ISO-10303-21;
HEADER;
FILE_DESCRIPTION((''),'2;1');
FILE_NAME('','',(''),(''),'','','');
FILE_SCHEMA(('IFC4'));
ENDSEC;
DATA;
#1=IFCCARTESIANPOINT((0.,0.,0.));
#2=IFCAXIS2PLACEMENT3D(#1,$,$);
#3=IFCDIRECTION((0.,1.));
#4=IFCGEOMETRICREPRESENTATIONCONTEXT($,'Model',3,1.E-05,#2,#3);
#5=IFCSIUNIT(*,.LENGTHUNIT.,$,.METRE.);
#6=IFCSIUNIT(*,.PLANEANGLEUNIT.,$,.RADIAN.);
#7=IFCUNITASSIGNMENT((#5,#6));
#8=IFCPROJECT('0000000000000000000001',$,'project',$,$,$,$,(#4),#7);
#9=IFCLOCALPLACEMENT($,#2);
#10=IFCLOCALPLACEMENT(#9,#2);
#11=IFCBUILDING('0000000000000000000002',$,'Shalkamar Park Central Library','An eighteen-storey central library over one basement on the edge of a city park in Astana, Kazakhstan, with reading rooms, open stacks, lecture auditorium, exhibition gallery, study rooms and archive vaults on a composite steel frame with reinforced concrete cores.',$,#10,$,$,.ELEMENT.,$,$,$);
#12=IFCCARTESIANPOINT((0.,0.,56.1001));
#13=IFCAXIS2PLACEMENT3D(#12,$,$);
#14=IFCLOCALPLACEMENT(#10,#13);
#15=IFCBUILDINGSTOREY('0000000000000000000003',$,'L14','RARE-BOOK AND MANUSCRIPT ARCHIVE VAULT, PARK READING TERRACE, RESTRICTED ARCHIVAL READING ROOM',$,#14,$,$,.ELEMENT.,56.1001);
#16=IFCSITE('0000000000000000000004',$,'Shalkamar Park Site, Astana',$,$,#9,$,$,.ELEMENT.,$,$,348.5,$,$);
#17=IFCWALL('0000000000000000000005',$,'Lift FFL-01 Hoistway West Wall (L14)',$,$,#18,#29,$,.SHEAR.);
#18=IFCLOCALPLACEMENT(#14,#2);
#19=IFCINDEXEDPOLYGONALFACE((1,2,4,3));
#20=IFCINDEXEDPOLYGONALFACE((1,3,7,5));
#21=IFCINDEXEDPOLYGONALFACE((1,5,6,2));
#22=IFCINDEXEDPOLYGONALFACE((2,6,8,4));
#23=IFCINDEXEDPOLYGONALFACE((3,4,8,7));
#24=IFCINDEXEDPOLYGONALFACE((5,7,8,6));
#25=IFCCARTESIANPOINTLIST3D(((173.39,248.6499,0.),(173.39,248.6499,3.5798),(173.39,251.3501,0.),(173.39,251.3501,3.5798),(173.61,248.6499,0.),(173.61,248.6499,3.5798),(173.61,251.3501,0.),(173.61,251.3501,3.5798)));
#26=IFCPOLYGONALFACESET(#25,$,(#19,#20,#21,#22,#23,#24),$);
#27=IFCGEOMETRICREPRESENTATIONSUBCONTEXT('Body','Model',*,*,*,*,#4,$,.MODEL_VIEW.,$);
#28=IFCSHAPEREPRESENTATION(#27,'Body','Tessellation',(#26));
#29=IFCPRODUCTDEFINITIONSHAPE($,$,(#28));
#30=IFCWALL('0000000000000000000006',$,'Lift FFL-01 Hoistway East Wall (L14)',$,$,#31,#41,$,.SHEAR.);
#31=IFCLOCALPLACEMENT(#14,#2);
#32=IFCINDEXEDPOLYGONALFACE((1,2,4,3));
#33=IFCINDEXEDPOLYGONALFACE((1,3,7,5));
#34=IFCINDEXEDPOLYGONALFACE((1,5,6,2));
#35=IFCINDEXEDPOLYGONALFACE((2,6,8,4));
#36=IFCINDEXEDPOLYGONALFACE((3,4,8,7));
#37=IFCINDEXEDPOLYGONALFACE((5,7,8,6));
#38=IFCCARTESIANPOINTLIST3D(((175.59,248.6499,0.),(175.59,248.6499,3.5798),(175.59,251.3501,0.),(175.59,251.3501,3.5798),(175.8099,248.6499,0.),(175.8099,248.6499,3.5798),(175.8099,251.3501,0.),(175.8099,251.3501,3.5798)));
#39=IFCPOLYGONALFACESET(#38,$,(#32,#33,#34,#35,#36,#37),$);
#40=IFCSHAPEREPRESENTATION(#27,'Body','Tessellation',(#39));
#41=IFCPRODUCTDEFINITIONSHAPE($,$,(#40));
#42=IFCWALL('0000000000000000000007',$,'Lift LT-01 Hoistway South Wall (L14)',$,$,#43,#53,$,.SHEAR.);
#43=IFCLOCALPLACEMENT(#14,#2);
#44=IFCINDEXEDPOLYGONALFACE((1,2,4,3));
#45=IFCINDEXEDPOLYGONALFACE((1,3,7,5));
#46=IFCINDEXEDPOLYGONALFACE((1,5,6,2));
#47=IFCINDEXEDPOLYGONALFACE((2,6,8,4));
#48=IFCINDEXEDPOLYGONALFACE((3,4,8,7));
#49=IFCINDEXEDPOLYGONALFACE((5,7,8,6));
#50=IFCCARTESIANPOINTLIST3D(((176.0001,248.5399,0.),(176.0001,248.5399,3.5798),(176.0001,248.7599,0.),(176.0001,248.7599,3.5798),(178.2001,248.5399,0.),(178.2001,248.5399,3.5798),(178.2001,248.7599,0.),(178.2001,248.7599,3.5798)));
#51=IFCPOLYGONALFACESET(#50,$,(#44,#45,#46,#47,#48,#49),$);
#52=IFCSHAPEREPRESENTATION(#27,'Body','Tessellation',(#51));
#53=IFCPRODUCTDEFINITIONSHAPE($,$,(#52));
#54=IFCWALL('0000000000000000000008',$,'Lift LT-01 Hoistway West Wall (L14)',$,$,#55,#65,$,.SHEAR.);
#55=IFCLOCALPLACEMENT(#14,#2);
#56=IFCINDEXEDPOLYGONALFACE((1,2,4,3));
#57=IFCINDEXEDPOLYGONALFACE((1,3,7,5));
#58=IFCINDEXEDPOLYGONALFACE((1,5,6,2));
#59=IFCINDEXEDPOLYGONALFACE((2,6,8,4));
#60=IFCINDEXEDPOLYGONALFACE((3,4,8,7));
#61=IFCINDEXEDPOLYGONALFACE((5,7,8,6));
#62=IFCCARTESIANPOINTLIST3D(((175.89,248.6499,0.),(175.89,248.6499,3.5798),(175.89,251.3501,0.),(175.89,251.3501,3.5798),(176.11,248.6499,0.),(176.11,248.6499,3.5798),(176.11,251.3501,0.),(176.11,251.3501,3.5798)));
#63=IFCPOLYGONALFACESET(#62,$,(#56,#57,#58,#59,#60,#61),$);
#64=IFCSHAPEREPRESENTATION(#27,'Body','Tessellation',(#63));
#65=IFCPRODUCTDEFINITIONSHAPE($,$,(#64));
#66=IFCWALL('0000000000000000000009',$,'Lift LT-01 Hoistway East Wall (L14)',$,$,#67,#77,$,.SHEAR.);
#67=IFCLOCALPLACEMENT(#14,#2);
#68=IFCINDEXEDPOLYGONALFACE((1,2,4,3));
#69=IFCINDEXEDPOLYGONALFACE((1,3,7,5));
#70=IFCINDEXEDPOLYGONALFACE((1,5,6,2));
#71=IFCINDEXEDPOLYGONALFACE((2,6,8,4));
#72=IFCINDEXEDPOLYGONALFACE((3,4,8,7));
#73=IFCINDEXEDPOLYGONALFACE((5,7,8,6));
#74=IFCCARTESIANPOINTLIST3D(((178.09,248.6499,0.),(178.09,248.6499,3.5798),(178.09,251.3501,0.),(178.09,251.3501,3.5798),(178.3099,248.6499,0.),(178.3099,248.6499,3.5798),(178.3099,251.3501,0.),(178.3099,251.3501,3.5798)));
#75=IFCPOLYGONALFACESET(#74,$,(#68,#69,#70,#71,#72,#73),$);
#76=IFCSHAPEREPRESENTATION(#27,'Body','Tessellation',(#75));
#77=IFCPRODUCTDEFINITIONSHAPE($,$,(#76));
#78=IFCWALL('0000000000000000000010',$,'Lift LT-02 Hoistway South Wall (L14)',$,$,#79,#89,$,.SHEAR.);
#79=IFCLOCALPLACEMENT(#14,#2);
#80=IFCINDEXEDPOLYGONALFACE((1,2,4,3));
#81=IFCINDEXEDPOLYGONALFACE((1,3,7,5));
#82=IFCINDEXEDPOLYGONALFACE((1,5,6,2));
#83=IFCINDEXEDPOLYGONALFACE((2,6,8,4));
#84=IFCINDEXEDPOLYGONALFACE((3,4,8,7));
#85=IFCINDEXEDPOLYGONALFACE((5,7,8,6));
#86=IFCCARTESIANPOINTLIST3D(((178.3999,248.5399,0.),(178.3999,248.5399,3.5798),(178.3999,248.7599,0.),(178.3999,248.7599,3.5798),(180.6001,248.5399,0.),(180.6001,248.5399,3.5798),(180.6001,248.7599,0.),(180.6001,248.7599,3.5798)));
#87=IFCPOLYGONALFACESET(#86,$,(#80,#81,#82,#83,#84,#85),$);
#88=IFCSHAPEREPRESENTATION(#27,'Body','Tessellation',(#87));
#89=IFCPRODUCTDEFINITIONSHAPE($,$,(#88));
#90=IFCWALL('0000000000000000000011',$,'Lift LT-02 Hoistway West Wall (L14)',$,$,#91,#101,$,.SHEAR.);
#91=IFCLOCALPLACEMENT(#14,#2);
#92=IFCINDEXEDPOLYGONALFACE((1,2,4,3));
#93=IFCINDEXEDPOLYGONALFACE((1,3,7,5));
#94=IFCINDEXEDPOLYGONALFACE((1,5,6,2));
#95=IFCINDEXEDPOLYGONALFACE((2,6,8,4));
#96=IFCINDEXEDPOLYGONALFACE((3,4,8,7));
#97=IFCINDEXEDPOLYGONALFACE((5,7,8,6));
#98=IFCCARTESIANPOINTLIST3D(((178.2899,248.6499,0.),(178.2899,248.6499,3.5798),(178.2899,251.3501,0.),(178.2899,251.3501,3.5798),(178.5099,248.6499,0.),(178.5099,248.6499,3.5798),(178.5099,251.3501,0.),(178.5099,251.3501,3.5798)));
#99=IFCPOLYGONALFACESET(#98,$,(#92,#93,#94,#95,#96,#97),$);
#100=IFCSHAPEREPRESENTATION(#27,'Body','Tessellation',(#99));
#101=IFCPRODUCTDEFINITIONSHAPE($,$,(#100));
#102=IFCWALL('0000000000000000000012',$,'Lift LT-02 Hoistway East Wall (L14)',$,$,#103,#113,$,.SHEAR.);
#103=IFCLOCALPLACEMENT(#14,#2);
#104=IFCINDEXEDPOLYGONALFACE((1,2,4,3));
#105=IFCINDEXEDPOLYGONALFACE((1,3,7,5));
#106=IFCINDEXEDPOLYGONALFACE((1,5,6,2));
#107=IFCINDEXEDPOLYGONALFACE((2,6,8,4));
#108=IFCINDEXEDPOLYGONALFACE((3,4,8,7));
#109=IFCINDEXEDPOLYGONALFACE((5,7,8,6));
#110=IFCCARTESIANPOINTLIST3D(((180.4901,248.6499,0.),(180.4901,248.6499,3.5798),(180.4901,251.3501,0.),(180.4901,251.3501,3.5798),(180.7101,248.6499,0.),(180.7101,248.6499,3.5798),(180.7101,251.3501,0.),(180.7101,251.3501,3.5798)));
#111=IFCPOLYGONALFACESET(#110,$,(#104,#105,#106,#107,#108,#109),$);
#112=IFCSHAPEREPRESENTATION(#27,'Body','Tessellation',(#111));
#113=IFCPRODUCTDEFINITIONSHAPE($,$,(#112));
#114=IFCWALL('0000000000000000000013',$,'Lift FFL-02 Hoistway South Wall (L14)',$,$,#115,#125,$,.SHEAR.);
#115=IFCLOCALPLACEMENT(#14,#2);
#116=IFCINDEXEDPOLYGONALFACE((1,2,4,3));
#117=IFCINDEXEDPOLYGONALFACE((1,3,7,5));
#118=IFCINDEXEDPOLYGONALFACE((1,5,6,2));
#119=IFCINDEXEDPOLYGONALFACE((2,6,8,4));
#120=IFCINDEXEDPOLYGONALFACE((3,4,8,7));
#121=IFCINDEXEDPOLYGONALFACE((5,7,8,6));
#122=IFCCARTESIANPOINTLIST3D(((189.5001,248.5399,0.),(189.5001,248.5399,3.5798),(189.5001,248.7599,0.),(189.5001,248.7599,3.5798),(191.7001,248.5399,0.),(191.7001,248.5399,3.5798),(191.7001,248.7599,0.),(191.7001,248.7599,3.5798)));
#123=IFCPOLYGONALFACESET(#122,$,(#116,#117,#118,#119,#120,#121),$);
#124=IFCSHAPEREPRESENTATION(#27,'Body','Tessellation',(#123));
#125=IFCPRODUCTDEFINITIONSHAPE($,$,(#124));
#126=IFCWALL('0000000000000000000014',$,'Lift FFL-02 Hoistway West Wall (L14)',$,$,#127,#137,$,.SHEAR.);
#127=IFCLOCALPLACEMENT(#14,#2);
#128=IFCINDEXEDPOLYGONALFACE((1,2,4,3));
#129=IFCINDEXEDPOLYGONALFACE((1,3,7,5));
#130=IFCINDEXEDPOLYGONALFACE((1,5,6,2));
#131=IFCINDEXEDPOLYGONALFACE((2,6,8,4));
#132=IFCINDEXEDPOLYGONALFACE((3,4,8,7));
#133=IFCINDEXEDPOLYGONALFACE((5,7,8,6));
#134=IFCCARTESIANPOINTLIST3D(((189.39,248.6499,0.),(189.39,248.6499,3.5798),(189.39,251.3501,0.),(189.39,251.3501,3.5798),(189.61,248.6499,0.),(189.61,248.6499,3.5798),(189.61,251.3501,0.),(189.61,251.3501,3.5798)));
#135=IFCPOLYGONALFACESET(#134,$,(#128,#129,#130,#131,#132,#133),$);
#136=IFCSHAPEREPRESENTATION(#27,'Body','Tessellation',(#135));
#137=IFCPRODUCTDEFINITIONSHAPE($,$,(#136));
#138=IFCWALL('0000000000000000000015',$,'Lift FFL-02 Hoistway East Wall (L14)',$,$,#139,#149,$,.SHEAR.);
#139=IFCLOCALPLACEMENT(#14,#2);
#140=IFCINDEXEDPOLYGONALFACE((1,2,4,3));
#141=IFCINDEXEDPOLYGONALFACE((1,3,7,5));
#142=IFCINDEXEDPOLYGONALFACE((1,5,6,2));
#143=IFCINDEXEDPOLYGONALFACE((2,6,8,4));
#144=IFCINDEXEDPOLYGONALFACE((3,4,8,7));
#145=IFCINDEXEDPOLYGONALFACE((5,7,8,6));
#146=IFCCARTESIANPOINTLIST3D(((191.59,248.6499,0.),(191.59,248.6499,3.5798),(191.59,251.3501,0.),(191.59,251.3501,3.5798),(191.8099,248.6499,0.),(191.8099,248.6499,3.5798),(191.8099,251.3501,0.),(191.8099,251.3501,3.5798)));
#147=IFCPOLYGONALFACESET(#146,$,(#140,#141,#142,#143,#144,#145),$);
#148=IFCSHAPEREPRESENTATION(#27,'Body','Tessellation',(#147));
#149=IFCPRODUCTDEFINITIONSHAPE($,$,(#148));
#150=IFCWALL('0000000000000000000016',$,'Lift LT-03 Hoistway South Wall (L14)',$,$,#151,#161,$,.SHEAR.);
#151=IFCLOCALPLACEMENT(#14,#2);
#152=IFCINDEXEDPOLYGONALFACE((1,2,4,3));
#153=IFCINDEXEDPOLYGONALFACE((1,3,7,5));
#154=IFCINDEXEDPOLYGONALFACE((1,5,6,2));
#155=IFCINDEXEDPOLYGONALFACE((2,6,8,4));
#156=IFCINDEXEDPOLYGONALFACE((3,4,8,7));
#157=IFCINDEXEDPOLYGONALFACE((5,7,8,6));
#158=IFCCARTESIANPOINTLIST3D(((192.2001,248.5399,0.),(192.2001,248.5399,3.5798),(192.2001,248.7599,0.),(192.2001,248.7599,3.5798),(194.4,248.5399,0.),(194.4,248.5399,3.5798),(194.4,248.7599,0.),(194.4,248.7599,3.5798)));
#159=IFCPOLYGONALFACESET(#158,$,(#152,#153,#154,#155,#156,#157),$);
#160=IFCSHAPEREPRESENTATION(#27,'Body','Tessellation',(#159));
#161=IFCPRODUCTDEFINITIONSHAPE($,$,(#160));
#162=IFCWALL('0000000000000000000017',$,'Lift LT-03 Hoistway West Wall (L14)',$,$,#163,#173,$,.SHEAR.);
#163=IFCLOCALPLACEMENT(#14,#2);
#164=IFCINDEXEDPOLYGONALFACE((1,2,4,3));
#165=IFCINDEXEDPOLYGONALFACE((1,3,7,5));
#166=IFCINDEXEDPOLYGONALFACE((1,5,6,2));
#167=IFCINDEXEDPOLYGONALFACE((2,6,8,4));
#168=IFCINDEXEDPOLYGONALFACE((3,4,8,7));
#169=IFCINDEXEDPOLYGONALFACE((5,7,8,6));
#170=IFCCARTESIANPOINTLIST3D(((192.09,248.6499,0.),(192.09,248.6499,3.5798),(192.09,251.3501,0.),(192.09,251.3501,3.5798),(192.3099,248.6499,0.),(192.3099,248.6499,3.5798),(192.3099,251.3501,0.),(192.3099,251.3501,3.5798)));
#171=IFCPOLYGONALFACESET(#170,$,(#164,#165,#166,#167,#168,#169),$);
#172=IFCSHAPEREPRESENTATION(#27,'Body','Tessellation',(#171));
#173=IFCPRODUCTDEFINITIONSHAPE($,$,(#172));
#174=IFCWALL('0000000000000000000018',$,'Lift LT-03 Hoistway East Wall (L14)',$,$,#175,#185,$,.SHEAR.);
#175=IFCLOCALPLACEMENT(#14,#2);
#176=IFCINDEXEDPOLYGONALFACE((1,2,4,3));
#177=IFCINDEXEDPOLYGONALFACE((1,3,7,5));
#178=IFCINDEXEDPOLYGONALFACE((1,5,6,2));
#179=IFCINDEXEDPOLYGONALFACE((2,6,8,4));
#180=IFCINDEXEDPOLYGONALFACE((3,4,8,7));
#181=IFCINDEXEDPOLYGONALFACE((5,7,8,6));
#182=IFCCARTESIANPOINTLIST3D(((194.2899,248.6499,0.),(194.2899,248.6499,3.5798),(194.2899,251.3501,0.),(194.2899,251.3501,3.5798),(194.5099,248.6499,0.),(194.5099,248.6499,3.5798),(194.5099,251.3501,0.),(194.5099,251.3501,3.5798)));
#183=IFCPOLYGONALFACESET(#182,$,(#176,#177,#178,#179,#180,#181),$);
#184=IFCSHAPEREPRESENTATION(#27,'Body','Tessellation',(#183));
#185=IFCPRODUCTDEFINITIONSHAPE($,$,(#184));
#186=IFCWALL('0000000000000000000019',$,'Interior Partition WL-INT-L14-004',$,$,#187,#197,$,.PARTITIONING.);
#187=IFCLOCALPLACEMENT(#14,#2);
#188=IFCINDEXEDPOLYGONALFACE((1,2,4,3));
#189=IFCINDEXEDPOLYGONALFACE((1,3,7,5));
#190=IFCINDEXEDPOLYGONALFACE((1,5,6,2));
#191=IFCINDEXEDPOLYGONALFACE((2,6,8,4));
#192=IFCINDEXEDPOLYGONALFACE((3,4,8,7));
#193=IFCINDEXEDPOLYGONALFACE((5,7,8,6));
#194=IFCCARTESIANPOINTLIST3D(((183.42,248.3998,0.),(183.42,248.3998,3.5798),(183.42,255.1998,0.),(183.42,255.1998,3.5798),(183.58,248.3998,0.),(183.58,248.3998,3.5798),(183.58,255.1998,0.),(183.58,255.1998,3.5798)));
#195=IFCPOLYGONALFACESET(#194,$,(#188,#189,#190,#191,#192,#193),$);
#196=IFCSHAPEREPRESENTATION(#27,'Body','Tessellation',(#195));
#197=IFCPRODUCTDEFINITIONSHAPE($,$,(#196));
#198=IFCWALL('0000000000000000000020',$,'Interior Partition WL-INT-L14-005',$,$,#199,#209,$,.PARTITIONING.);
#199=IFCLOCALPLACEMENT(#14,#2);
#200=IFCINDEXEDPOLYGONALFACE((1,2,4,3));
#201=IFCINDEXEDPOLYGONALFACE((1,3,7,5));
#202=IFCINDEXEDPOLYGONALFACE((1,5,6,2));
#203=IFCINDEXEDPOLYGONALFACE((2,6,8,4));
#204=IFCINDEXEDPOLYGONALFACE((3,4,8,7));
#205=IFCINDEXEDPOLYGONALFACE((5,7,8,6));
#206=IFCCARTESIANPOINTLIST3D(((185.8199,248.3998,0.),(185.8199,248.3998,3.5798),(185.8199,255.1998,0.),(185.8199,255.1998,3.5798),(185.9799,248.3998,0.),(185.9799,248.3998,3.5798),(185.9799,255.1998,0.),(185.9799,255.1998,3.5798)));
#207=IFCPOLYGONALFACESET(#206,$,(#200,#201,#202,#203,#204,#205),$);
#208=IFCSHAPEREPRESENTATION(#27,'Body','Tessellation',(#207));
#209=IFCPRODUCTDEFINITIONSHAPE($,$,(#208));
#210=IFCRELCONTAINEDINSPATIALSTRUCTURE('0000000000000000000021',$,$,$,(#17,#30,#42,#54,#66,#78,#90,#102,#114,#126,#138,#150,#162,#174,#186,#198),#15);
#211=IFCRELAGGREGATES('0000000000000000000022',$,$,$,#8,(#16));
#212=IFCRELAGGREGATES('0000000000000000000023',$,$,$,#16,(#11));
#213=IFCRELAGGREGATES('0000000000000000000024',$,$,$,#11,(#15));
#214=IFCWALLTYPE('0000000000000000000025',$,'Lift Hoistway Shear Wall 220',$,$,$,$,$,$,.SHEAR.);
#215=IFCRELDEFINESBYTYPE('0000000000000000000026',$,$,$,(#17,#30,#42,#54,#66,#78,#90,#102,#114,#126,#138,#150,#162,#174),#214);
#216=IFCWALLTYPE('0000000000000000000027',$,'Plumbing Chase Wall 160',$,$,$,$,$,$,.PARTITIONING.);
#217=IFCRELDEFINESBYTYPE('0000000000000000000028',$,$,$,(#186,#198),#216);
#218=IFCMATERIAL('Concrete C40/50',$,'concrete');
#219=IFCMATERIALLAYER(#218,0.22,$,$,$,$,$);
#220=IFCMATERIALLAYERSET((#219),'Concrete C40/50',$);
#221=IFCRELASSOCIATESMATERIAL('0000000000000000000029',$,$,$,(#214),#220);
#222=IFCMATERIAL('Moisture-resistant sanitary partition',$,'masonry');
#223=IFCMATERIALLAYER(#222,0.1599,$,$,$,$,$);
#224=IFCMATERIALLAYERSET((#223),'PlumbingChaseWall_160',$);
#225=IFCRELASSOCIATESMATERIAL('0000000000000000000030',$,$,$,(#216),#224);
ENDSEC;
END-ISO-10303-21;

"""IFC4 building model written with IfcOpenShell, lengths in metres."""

from ifc_helpers import new_model, si_unit, direction, frame, frame_2d, origin, place, context, subcontext, project, spatial, rectangle, extrude, material, layer, layer_set, type_object, element, save


model = new_model("IFC4")

# Units and contexts
model_context = context("Model", 3, precision=1e-05, world=origin(), true_north=direction((0.0, 1.0)))
body_context = subcontext(model_context, "Body", "Model", "MODEL_VIEW")
ifc_project = project(units=[si_unit("LENGTHUNIT", "METRE"), si_unit("PLANEANGLEUNIT", "RADIAN")], contexts=[model_context])

# Site, building, storey
site_placement = place(None, origin())
site = spatial("IfcSite", under=ifc_project, at=site_placement, Name="Shalkamar Park Site, Astana", CompositionType="ELEMENT", RefElevation=348.5)
building_placement = place(site_placement, origin())
building = spatial("IfcBuilding", under=site, at=building_placement, Name="Shalkamar Park Central Library", Description="An eighteen-storey central library over one basement on the edge of a city park in Astana, Kazakhstan, with reading rooms, open stacks, lecture auditorium, exhibition gallery, study rooms and archive vaults on a composite steel frame with reinforced concrete cores.", CompositionType="ELEMENT")
storey_placement = place(building_placement, frame((0.0, 0.0, 56.1001)))
storey = spatial("IfcBuildingStorey", under=building, at=storey_placement, Name="L14", Description="RARE-BOOK AND MANUSCRIPT ARCHIVE VAULT, PARK READING TERRACE, RESTRICTED ARCHIVAL READING ROOM", CompositionType="ELEMENT", Elevation=56.1001)

# Walls
ifc_material_1 = material(Name="Concrete C40/50", Category="concrete")
ifc_layer_1 = layer(ifc_material_1, 0.22)
ifc_layer_set_1 = layer_set([ifc_layer_1], Name="Concrete C40/50")
wall_type_1 = type_object("IfcWallType", Name="Lift Hoistway Shear Wall 220", PredefinedType="SHEAR", material=ifc_layer_set_1)
for number, where, z_axis, x_axis, name in (
    (1, (173.5, 248.6499, 0.0), (0.0, 0.0, 1.0), (0.0, 1.0, 0.0), "Lift FFL-01 Hoistway West Wall (L14)"),
    (2, (175.7, 248.6499, 0.0), (0.0, 0.0, 1.0), (0.0, 1.0, 0.0), "Lift FFL-01 Hoistway East Wall (L14)"),
):
    element("IfcWall", number, at=place(storey_placement, frame(where, z_axis=z_axis, x_axis=x_axis)), inside=storey, type_object=wall_type_1, Name=name, PredefinedType="SHEAR", context=body_context, shape_type="SweptSolid", body=[
        extrude(rectangle(XDim=2.7002, YDim=0.22, at=frame_2d((1.3501, 0.0))), origin(), (0.0, 0.0, 1.0), 3.5798),
    ])
wall_1_placement = place(storey_placement, frame((176.0, 248.6499, 0.0), z_axis=(0.0, 0.0, 1.0), x_axis=(1.0, 0.0, 0.0)))
element("IfcWall", 3, at=wall_1_placement, inside=storey, type_object=wall_type_1, Name="Lift LT-01 Hoistway South Wall (L14)", PredefinedType="SHEAR", context=body_context, shape_type="SweptSolid", body=[
    extrude(rectangle(XDim=2.2, YDim=0.22, at=frame_2d((1.1001, 0.0))), origin(), (0.0, 0.0, 1.0), 3.5798),
])
for number, where, z_axis, x_axis, name in (
    (4, (176.0, 248.6499, 0.0), (0.0, 0.0, 1.0), (0.0, 1.0, 0.0), "Lift LT-01 Hoistway West Wall (L14)"),
    (5, (178.2, 248.6499, 0.0), (0.0, 0.0, 1.0), (0.0, 1.0, 0.0), "Lift LT-01 Hoistway East Wall (L14)"),
):
    element("IfcWall", number, at=place(storey_placement, frame(where, z_axis=z_axis, x_axis=x_axis)), inside=storey, type_object=wall_type_1, Name=name, PredefinedType="SHEAR", context=body_context, shape_type="SweptSolid", body=[
        extrude(rectangle(XDim=2.7002, YDim=0.22, at=frame_2d((1.3501, 0.0))), origin(), (0.0, 0.0, 1.0), 3.5798),
    ])
wall_2_placement = place(storey_placement, frame((178.3999, 248.6499, 0.0), z_axis=(0.0, 0.0, 1.0), x_axis=(1.0, 0.0, 0.0)))
element("IfcWall", 6, at=wall_2_placement, inside=storey, type_object=wall_type_1, Name="Lift LT-02 Hoistway South Wall (L14)", PredefinedType="SHEAR", context=body_context, shape_type="SweptSolid", body=[
    extrude(rectangle(XDim=2.2002, YDim=0.22, at=frame_2d((1.1001, 0.0))), origin(), (0.0, 0.0, 1.0), 3.5798),
])
for number, where, z_axis, x_axis, name in (
    (7, (178.3999, 248.6499, 0.0), (0.0, 0.0, 1.0), (0.0, 1.0, 0.0), "Lift LT-02 Hoistway West Wall (L14)"),
    (8, (180.6001, 248.6499, 0.0), (0.0, 0.0, 1.0), (0.0, 1.0, 0.0), "Lift LT-02 Hoistway East Wall (L14)"),
):
    element("IfcWall", number, at=place(storey_placement, frame(where, z_axis=z_axis, x_axis=x_axis)), inside=storey, type_object=wall_type_1, Name=name, PredefinedType="SHEAR", context=body_context, shape_type="SweptSolid", body=[
        extrude(rectangle(XDim=2.7002, YDim=0.22, at=frame_2d((1.3501, 0.0))), origin(), (0.0, 0.0, 1.0), 3.5798),
    ])
wall_3_placement = place(storey_placement, frame((189.5, 248.6499, 0.0), z_axis=(0.0, 0.0, 1.0), x_axis=(1.0, 0.0, 0.0)))
element("IfcWall", 9, at=wall_3_placement, inside=storey, type_object=wall_type_1, Name="Lift FFL-02 Hoistway South Wall (L14)", PredefinedType="SHEAR", context=body_context, shape_type="SweptSolid", body=[
    extrude(rectangle(XDim=2.2, YDim=0.22, at=frame_2d((1.1001, 0.0))), origin(), (0.0, 0.0, 1.0), 3.5798),
])
for number, where, z_axis, x_axis, name in (
    (10, (189.5, 248.6499, 0.0), (0.0, 0.0, 1.0), (0.0, 1.0, 0.0), "Lift FFL-02 Hoistway West Wall (L14)"),
    (11, (191.7, 248.6499, 0.0), (0.0, 0.0, 1.0), (0.0, 1.0, 0.0), "Lift FFL-02 Hoistway East Wall (L14)"),
):
    element("IfcWall", number, at=place(storey_placement, frame(where, z_axis=z_axis, x_axis=x_axis)), inside=storey, type_object=wall_type_1, Name=name, PredefinedType="SHEAR", context=body_context, shape_type="SweptSolid", body=[
        extrude(rectangle(XDim=2.7002, YDim=0.22, at=frame_2d((1.3501, 0.0))), origin(), (0.0, 0.0, 1.0), 3.5798),
    ])
wall_4_placement = place(storey_placement, frame((192.2, 248.6499, 0.0), z_axis=(0.0, 0.0, 1.0), x_axis=(1.0, 0.0, 0.0)))
element("IfcWall", 12, at=wall_4_placement, inside=storey, type_object=wall_type_1, Name="Lift LT-03 Hoistway South Wall (L14)", PredefinedType="SHEAR", context=body_context, shape_type="SweptSolid", body=[
    extrude(rectangle(XDim=2.2, YDim=0.22, at=frame_2d((1.1001, 0.0))), origin(), (0.0, 0.0, 1.0), 3.5798),
])
for number, where, z_axis, x_axis, name in (
    (13, (192.2, 248.6499, 0.0), (0.0, 0.0, 1.0), (0.0, 1.0, 0.0), "Lift LT-03 Hoistway West Wall (L14)"),
    (14, (194.3999, 248.6499, 0.0), (0.0, 0.0, 1.0), (0.0, 1.0, 0.0), "Lift LT-03 Hoistway East Wall (L14)"),
):
    element("IfcWall", number, at=place(storey_placement, frame(where, z_axis=z_axis, x_axis=x_axis)), inside=storey, type_object=wall_type_1, Name=name, PredefinedType="SHEAR", context=body_context, shape_type="SweptSolid", body=[
        extrude(rectangle(XDim=2.7002, YDim=0.22, at=frame_2d((1.3501, 0.0))), origin(), (0.0, 0.0, 1.0), 3.5798),
    ])
ifc_material_2 = material(Name="Moisture-resistant sanitary partition", Category="masonry")
ifc_layer_2 = layer(ifc_material_2, 0.1599)
ifc_layer_set_2 = layer_set([ifc_layer_2], Name="PlumbingChaseWall_160")
wall_type_2 = type_object("IfcWallType", Name="Plumbing Chase Wall 160", PredefinedType="PARTITIONING", material=ifc_layer_set_2)
for number, where, z_axis, x_axis, name in (
    (15, (183.5, 248.3999, 0.0), (0.0, 0.0, 1.0), (0.0, 1.0, 0.0), "Interior Partition WL-INT-L14-004"),
    (16, (185.8999, 248.3999, 0.0), (0.0, 0.0, 1.0), (0.0, 1.0, 0.0), "Interior Partition WL-INT-L14-005"),
):
    element("IfcWall", number, at=place(storey_placement, frame(where, z_axis=z_axis, x_axis=x_axis)), inside=storey, type_object=wall_type_2, Name=name, PredefinedType="PARTITIONING", context=body_context, shape_type="SweptSolid", body=[
        extrude(rectangle(XDim=6.8, YDim=0.1599, at=frame_2d((3.3999, 0.0))), origin(), (0.0, 0.0, 1.0), 3.5798),
    ])

save(model, "model.ifc")
